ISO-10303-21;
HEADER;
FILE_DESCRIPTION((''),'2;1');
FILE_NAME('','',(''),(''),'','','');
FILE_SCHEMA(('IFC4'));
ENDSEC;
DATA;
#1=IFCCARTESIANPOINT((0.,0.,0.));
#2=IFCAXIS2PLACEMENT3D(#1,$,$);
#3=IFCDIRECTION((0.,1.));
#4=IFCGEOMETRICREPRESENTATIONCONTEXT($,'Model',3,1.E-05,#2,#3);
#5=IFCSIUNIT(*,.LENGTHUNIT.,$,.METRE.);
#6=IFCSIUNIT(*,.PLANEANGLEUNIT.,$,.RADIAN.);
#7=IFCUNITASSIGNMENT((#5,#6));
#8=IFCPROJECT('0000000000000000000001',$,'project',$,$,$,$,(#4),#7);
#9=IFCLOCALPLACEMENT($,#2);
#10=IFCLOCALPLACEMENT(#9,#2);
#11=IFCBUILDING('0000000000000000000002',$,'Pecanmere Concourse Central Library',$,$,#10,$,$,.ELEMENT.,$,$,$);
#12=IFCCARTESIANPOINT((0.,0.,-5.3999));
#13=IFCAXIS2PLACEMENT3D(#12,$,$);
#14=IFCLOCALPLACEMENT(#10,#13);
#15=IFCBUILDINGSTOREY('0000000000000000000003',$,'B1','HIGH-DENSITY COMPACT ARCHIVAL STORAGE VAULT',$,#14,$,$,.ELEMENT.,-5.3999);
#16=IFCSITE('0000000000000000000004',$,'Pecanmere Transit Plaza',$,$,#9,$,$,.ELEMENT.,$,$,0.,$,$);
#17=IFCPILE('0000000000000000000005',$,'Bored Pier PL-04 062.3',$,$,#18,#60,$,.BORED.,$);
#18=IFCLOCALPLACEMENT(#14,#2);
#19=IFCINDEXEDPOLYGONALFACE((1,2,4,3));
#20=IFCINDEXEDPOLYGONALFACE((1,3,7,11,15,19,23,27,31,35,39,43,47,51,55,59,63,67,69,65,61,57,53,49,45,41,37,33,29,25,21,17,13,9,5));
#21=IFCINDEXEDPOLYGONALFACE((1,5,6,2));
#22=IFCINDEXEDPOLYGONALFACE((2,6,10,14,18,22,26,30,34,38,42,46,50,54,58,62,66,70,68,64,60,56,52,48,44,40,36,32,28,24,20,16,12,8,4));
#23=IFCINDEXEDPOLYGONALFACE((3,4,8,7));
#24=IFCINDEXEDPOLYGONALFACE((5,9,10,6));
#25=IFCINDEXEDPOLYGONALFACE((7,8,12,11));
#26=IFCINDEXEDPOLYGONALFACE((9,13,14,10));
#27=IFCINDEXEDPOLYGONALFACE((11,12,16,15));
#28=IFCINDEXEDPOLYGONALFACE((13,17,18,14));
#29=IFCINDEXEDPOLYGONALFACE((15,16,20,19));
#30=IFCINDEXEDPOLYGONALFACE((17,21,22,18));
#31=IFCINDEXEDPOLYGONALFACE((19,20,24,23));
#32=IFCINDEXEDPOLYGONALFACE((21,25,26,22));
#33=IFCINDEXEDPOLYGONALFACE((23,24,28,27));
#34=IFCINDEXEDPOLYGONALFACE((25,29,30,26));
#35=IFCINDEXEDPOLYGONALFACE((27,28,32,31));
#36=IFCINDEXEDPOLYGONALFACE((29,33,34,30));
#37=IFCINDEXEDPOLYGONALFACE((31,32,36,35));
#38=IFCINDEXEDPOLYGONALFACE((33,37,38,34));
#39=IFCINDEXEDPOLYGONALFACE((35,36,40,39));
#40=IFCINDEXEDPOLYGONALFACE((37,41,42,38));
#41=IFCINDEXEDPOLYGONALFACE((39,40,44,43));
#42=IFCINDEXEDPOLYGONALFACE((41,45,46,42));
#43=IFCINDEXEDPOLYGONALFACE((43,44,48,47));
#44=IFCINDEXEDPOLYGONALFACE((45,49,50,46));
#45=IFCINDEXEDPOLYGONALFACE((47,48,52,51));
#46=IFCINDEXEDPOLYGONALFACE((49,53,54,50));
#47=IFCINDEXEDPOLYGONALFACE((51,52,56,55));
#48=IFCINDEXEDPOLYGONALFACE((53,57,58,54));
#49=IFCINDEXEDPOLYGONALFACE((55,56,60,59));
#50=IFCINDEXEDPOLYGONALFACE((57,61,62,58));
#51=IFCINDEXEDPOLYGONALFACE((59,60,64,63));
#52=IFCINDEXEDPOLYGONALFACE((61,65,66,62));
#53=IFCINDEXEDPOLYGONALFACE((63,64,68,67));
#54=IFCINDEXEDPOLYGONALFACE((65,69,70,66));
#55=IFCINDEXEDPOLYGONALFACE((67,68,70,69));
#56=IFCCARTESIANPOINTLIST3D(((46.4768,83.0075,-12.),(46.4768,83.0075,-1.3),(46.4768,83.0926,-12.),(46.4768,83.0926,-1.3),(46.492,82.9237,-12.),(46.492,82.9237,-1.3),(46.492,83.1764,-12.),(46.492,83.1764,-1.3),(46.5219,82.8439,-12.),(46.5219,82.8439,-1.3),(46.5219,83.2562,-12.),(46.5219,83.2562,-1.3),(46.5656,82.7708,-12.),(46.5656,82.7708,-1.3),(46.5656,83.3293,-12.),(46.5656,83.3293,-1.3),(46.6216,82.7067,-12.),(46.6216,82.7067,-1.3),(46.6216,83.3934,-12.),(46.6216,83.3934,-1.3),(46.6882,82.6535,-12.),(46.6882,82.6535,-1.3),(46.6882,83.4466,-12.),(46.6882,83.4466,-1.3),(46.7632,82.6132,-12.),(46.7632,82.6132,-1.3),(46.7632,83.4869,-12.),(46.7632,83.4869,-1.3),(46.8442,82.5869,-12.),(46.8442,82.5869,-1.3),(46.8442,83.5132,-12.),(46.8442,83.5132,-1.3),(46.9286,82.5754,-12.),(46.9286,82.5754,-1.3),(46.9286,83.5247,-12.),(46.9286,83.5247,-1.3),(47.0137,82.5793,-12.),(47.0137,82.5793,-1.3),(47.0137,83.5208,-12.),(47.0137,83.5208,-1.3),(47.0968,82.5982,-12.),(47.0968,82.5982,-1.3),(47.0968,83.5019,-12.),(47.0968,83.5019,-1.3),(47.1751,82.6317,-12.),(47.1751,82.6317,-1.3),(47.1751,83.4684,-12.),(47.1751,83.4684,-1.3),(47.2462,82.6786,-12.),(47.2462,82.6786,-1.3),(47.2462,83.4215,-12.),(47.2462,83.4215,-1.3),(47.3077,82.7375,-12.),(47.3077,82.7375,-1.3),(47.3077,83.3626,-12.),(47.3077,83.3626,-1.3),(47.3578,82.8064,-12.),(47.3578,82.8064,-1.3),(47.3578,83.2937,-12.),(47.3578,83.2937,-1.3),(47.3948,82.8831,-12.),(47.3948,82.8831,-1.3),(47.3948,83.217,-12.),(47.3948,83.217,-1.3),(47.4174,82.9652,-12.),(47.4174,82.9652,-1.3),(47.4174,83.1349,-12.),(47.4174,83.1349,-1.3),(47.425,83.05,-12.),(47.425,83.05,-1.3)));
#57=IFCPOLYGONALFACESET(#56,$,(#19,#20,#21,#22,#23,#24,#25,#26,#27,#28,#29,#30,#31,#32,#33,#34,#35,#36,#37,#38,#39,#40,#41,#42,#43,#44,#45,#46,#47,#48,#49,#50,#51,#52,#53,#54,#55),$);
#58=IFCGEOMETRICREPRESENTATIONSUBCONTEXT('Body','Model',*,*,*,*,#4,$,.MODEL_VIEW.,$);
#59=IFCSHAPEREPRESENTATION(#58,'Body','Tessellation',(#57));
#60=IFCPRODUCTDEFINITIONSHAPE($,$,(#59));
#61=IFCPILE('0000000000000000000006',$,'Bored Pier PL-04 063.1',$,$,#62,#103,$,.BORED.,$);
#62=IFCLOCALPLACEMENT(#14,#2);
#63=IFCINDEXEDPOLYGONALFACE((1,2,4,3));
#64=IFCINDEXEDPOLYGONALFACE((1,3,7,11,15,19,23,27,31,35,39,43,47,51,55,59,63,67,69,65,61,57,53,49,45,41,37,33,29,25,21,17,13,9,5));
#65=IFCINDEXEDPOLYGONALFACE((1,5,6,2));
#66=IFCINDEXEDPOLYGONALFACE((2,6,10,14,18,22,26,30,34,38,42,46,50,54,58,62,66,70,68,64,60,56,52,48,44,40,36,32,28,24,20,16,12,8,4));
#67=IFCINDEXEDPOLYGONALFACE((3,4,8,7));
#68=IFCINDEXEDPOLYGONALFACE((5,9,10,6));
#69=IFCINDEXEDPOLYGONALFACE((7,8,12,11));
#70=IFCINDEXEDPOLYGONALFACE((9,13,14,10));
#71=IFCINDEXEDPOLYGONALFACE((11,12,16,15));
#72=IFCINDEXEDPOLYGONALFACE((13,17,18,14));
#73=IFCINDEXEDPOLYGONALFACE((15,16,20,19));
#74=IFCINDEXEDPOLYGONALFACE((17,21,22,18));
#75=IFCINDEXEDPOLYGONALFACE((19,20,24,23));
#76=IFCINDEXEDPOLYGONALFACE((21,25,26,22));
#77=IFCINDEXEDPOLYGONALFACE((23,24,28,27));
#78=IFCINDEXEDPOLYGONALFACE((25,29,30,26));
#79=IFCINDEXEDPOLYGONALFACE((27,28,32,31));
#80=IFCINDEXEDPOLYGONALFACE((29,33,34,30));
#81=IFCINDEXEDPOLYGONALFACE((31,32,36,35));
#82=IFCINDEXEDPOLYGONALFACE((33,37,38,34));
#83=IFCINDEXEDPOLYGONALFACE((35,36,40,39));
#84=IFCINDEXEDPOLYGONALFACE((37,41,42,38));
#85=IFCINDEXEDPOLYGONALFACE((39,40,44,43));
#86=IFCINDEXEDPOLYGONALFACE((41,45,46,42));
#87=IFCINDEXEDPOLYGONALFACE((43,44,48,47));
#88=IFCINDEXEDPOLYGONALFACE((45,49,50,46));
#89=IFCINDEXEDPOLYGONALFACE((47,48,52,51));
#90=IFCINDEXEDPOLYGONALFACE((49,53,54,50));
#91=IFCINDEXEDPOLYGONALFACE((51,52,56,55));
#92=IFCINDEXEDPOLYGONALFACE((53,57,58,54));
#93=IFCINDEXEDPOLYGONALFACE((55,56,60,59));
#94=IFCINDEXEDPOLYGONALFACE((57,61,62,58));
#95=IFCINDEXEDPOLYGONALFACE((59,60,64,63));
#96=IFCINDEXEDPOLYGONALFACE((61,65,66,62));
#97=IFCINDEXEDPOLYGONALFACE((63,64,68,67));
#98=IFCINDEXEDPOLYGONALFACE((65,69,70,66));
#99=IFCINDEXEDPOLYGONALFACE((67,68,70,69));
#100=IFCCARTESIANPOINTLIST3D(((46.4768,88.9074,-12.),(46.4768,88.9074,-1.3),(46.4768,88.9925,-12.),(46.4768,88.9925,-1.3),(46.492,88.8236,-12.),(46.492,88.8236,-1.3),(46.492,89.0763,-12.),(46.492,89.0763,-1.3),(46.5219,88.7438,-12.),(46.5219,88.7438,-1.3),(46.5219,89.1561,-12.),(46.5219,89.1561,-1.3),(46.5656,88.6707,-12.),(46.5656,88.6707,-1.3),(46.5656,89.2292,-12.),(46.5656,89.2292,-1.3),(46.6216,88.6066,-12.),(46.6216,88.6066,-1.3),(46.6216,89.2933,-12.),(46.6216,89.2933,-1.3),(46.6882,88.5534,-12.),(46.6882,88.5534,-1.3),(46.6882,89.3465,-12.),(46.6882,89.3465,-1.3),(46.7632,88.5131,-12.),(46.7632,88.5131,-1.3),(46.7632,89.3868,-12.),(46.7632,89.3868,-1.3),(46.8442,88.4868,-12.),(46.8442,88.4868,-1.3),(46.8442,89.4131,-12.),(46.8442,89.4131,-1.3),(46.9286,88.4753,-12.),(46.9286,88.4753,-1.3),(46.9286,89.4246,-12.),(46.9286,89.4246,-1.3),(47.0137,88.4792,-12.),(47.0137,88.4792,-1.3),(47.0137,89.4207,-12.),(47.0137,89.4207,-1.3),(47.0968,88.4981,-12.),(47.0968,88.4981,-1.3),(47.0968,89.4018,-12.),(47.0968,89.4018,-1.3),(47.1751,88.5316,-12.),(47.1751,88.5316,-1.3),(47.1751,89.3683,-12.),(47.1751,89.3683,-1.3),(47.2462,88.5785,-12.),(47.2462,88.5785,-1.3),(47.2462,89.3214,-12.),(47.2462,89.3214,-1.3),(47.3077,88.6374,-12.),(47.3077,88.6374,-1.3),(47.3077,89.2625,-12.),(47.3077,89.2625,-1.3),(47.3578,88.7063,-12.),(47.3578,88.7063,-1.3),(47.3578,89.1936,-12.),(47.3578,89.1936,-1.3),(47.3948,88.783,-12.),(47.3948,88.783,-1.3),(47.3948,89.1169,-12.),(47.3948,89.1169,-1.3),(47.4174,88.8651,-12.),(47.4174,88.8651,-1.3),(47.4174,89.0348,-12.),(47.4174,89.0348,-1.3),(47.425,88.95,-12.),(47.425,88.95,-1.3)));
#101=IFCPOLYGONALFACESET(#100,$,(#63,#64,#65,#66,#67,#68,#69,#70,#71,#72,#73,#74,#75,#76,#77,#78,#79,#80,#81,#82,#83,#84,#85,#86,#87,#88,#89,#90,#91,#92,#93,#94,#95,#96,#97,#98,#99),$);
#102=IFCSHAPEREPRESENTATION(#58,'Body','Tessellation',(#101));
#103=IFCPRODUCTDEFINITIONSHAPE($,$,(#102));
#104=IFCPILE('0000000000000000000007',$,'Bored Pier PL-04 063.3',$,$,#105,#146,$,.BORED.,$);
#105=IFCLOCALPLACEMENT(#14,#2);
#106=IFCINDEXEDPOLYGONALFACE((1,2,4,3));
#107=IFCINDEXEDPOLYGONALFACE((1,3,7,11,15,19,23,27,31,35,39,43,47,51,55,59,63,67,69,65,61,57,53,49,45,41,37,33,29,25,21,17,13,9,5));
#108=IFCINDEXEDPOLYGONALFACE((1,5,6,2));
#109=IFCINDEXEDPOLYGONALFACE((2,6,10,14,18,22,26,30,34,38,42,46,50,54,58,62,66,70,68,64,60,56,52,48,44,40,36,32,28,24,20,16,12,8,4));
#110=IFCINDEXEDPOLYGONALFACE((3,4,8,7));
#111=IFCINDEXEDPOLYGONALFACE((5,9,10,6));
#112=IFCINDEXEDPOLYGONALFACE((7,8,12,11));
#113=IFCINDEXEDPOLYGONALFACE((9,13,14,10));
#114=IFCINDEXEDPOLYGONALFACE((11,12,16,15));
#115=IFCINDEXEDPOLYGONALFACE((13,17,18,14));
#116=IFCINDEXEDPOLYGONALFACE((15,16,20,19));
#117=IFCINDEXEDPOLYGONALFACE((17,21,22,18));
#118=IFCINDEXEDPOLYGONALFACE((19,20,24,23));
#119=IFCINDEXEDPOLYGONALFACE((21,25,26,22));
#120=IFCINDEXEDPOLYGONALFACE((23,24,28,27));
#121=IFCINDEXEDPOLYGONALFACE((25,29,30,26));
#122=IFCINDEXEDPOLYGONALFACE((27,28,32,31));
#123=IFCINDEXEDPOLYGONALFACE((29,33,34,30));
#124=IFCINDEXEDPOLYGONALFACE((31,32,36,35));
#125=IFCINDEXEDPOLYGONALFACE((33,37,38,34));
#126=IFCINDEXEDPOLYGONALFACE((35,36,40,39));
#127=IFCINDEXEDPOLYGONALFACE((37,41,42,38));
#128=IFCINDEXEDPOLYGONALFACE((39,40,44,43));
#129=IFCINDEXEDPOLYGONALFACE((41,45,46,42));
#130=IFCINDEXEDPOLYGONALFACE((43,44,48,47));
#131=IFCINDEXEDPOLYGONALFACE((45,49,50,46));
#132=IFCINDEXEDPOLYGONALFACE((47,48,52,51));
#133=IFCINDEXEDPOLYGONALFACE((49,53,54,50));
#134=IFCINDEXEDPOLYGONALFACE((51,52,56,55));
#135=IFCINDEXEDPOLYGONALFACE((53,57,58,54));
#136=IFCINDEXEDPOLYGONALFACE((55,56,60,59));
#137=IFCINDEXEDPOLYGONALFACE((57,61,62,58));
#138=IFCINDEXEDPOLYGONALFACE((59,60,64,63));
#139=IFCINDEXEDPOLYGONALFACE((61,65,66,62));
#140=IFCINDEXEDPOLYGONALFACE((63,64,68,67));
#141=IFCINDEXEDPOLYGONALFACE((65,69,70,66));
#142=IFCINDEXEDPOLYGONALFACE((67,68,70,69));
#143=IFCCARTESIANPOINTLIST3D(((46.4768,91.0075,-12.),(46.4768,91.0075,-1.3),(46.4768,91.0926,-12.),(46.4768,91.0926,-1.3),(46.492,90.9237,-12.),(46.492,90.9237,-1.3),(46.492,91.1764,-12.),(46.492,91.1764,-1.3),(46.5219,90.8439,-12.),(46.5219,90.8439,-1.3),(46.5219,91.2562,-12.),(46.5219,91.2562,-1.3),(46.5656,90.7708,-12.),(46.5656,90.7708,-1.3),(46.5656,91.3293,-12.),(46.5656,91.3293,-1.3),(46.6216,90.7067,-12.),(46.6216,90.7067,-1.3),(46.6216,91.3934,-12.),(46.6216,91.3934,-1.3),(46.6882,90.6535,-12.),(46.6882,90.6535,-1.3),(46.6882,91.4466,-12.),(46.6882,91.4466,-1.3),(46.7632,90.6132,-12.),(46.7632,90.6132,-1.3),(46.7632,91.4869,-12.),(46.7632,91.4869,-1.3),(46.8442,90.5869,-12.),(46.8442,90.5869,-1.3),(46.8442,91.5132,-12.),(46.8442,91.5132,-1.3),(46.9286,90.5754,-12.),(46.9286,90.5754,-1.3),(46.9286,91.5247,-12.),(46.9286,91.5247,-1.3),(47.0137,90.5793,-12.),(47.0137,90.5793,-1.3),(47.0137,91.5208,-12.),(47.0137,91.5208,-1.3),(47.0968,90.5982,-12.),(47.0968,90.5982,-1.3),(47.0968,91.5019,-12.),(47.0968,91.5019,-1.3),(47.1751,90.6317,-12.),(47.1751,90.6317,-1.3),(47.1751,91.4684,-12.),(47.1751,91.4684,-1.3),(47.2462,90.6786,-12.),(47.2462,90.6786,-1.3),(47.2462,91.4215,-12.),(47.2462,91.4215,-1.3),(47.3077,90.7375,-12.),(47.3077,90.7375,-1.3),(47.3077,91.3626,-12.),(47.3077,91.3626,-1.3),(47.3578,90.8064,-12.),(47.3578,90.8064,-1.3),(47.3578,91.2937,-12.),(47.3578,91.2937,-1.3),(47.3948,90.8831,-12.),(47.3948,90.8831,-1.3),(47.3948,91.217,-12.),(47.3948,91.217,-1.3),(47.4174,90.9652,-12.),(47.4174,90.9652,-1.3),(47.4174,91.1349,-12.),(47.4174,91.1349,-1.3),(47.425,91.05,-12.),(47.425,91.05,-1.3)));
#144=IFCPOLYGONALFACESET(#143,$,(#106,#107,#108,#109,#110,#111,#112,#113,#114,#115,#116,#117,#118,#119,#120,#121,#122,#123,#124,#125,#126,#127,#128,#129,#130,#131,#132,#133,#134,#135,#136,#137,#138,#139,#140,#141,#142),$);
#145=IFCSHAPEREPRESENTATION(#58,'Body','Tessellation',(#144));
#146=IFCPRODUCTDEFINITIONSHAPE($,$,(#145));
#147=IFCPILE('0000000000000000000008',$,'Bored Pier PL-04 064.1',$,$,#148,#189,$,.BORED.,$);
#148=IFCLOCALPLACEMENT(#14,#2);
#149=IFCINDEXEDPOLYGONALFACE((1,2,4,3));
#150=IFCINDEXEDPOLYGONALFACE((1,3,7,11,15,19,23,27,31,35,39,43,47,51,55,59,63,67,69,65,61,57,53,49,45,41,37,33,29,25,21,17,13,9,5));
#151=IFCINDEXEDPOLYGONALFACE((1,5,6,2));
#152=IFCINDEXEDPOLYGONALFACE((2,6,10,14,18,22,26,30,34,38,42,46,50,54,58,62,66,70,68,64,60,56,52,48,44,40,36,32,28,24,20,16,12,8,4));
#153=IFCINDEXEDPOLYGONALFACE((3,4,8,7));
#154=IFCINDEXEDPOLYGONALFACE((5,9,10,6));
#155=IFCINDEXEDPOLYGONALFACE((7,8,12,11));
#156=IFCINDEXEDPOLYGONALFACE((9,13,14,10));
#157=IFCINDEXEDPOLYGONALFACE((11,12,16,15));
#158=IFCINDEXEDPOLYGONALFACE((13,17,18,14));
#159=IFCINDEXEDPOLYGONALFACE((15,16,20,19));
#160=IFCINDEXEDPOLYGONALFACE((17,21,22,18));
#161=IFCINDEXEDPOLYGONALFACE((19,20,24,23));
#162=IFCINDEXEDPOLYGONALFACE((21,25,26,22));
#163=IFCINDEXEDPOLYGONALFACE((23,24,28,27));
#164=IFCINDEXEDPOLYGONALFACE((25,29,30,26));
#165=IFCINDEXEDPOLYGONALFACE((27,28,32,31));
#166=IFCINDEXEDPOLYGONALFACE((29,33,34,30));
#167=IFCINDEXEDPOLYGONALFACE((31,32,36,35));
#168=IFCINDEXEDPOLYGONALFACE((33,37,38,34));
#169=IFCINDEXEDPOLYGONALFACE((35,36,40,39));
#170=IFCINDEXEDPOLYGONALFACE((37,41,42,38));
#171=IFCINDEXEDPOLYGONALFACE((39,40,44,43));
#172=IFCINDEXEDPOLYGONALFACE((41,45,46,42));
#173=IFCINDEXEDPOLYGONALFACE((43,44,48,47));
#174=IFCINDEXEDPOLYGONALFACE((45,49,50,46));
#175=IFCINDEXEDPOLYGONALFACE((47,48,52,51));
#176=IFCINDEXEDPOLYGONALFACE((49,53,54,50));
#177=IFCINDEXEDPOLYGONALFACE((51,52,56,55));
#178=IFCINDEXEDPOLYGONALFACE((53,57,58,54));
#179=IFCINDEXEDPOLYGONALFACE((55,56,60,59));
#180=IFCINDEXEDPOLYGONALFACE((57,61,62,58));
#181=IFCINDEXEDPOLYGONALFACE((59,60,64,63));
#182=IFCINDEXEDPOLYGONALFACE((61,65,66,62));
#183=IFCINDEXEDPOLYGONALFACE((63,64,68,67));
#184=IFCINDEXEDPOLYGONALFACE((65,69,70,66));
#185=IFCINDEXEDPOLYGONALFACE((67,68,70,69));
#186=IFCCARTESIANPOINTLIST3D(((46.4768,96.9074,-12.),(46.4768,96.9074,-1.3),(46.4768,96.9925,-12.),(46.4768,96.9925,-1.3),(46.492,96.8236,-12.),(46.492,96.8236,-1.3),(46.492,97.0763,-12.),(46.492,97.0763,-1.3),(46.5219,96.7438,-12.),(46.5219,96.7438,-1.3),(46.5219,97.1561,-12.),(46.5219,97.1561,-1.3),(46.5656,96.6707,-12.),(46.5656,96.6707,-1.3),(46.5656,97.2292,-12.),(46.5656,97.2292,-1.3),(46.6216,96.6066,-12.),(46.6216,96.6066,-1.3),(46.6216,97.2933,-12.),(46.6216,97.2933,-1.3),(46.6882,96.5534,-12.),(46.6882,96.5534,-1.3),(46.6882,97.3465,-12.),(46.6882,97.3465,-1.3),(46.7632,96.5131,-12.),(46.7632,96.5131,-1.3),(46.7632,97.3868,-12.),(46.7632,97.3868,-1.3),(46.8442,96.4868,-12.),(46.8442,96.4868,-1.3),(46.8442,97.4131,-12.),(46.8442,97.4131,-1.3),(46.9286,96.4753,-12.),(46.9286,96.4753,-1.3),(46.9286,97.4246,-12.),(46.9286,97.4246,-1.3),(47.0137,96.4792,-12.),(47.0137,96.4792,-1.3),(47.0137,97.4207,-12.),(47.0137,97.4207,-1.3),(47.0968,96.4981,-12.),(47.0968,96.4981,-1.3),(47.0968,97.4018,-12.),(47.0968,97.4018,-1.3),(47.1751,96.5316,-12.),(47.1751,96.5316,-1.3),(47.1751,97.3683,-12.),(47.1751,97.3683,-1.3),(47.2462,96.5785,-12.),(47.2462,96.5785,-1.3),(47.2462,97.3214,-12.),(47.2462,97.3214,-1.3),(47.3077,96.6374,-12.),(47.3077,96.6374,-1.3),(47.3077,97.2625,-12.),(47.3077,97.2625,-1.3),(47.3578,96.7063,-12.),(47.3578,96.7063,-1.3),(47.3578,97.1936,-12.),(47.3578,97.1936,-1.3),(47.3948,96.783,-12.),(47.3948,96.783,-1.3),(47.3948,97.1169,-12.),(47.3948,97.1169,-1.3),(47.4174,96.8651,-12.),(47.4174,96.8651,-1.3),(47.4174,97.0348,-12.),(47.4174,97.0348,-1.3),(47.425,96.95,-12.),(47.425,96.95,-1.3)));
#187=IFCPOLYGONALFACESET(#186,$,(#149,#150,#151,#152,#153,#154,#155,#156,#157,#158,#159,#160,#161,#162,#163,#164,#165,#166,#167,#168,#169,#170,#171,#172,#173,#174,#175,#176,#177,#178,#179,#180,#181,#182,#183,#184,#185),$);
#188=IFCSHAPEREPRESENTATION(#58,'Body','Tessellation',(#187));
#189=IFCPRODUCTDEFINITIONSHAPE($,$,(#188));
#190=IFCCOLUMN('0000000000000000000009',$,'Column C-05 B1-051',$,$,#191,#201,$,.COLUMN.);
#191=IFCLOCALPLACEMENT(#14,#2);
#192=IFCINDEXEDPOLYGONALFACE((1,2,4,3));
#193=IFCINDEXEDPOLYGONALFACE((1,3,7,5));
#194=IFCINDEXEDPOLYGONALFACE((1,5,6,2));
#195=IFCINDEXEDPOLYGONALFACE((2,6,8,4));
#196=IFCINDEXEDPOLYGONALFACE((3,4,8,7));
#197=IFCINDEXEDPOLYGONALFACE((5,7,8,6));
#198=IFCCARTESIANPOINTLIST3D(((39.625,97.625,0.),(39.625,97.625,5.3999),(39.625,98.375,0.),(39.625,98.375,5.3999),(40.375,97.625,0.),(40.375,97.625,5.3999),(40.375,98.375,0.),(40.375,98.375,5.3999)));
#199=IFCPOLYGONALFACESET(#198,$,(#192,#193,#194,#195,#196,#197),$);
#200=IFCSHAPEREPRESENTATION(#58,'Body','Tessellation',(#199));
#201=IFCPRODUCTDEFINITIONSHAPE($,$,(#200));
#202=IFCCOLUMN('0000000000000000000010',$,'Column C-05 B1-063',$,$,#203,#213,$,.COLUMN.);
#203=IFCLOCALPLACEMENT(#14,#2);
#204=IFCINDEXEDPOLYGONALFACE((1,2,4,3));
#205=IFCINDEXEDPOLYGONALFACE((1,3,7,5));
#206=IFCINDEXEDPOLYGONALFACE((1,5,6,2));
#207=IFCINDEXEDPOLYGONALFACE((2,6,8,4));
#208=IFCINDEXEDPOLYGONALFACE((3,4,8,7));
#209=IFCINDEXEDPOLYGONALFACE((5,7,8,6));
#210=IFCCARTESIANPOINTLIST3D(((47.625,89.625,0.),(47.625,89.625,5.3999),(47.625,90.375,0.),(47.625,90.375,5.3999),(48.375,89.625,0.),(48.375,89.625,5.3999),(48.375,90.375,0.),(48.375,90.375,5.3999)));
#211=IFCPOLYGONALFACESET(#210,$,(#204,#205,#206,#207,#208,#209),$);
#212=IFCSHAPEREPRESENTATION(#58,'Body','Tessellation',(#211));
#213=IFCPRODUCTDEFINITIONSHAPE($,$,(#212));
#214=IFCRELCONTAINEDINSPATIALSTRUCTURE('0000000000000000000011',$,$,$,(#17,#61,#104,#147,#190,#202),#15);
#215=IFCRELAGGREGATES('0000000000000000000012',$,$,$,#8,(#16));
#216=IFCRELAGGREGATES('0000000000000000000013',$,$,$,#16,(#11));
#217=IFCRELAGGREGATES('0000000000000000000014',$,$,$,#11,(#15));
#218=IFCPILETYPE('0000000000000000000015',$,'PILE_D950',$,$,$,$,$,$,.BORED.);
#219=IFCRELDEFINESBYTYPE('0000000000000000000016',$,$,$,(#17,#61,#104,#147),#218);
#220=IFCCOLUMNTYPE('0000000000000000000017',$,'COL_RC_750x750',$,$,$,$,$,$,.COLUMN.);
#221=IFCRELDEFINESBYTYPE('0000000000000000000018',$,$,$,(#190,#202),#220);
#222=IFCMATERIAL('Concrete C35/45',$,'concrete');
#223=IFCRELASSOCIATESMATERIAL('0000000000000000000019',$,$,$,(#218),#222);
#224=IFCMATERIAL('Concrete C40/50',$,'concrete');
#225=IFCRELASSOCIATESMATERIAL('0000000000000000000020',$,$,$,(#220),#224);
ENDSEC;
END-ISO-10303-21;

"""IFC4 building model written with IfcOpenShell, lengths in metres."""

from ifc_helpers import new_model, si_unit, direction, frame, origin, origin_2d, place, context, subcontext, project, spatial, rectangle, circle, extrude, material, material_profile, profile_set, type_object, element, save


model = new_model("IFC4")

# Units and contexts
model_context = context("Model", 3, precision=1e-05, world=origin(), true_north=direction((0.0, 1.0)))
body_context = subcontext(model_context, "Body", "Model", "MODEL_VIEW")
ifc_project = project(units=[si_unit("LENGTHUNIT", "METRE"), si_unit("PLANEANGLEUNIT", "RADIAN")], contexts=[model_context])

# Site, building, storey
site_placement = place(None, origin())
site = spatial("IfcSite", under=ifc_project, at=site_placement, Name="Pecanmere Transit Plaza", CompositionType="ELEMENT", RefElevation=0.0)
building_placement = place(site_placement, origin())
building = spatial("IfcBuilding", under=site, at=building_placement, Name="Pecanmere Concourse Central Library", CompositionType="ELEMENT")
storey_placement = place(building_placement, frame((0.0, 0.0, -5.3999)))
storey = spatial("IfcBuildingStorey", under=building, at=storey_placement, Name="B1", Description="HIGH-DENSITY COMPACT ARCHIVAL STORAGE VAULT", CompositionType="ELEMENT", Elevation=-5.3999)

# Piles
ifc_material_1 = material(Name="Concrete C35/45", Category="concrete")
ifc_material_profile_1 = material_profile(ifc_material_1, circle(Radius=0.4751, at=origin_2d()), Name="PIER D950")
ifc_profile_set_1 = profile_set([ifc_material_profile_1], Name="Concrete C35/45")
pile_type = type_object("IfcPileType", Name="PILE_D950", PredefinedType="BORED", material=ifc_profile_set_1)
for number, where, z_axis, x_axis, name in (
    (1, (46.95, 83.05, -1.3), (0.0, 0.0, -1.0), (1.0, 0.0, 0.0), "Bored Pier PL-04 062.3"),
    (2, (46.95, 88.95, -1.3), (0.0, 0.0, -1.0), (1.0, 0.0, 0.0), "Bored Pier PL-04 063.1"),
    (3, (46.95, 91.05, -1.3), (0.0, 0.0, -1.0), (1.0, 0.0, 0.0), "Bored Pier PL-04 063.3"),
    (4, (46.95, 96.95, -1.3), (0.0, 0.0, -1.0), (1.0, 0.0, 0.0), "Bored Pier PL-04 064.1"),
):
    element("IfcPile", number, at=place(storey_placement, frame(where, z_axis=z_axis, x_axis=x_axis)), inside=storey, type_object=pile_type, Name=name, PredefinedType="BORED", context=body_context, shape_type="SweptSolid", body=[
        extrude(circle(Radius=0.4751, at=origin_2d()), origin(), (0.0, 0.0, 1.0), 10.7),
    ])

# Columns
ifc_material_2 = material(Name="Concrete C40/50", Category="concrete")
ifc_material_profile_2 = material_profile(ifc_material_2, rectangle(XDim=0.75, YDim=0.75, at=origin_2d()), Name="RC 750x750")
ifc_profile_set_2 = profile_set([ifc_material_profile_2], Name="Concrete C40/50")
column_type = type_object("IfcColumnType", Name="COL_RC_750x750", PredefinedType="COLUMN", material=ifc_profile_set_2)
for number, where, z_axis, x_axis, name in (
    (5, (40.0, 98.0, 0.0), (0.0, 0.0, 1.0), (1.0, 0.0, 0.0), "Column C-05 B1-051"),
    (6, (48.0, 90.0, 0.0), (0.0, 0.0, 1.0), (1.0, 0.0, 0.0), "Column C-05 B1-063"),
):
    element("IfcColumn", number, at=place(storey_placement, frame(where, z_axis=z_axis, x_axis=x_axis)), inside=storey, type_object=column_type, Name=name, PredefinedType="COLUMN", context=body_context, shape_type="SweptSolid", body=[
        extrude(rectangle(XDim=0.75, YDim=0.75, at=origin_2d()), origin(), (0.0, 0.0, 1.0), 5.3999),
    ])

save(model, "model.ifc")
